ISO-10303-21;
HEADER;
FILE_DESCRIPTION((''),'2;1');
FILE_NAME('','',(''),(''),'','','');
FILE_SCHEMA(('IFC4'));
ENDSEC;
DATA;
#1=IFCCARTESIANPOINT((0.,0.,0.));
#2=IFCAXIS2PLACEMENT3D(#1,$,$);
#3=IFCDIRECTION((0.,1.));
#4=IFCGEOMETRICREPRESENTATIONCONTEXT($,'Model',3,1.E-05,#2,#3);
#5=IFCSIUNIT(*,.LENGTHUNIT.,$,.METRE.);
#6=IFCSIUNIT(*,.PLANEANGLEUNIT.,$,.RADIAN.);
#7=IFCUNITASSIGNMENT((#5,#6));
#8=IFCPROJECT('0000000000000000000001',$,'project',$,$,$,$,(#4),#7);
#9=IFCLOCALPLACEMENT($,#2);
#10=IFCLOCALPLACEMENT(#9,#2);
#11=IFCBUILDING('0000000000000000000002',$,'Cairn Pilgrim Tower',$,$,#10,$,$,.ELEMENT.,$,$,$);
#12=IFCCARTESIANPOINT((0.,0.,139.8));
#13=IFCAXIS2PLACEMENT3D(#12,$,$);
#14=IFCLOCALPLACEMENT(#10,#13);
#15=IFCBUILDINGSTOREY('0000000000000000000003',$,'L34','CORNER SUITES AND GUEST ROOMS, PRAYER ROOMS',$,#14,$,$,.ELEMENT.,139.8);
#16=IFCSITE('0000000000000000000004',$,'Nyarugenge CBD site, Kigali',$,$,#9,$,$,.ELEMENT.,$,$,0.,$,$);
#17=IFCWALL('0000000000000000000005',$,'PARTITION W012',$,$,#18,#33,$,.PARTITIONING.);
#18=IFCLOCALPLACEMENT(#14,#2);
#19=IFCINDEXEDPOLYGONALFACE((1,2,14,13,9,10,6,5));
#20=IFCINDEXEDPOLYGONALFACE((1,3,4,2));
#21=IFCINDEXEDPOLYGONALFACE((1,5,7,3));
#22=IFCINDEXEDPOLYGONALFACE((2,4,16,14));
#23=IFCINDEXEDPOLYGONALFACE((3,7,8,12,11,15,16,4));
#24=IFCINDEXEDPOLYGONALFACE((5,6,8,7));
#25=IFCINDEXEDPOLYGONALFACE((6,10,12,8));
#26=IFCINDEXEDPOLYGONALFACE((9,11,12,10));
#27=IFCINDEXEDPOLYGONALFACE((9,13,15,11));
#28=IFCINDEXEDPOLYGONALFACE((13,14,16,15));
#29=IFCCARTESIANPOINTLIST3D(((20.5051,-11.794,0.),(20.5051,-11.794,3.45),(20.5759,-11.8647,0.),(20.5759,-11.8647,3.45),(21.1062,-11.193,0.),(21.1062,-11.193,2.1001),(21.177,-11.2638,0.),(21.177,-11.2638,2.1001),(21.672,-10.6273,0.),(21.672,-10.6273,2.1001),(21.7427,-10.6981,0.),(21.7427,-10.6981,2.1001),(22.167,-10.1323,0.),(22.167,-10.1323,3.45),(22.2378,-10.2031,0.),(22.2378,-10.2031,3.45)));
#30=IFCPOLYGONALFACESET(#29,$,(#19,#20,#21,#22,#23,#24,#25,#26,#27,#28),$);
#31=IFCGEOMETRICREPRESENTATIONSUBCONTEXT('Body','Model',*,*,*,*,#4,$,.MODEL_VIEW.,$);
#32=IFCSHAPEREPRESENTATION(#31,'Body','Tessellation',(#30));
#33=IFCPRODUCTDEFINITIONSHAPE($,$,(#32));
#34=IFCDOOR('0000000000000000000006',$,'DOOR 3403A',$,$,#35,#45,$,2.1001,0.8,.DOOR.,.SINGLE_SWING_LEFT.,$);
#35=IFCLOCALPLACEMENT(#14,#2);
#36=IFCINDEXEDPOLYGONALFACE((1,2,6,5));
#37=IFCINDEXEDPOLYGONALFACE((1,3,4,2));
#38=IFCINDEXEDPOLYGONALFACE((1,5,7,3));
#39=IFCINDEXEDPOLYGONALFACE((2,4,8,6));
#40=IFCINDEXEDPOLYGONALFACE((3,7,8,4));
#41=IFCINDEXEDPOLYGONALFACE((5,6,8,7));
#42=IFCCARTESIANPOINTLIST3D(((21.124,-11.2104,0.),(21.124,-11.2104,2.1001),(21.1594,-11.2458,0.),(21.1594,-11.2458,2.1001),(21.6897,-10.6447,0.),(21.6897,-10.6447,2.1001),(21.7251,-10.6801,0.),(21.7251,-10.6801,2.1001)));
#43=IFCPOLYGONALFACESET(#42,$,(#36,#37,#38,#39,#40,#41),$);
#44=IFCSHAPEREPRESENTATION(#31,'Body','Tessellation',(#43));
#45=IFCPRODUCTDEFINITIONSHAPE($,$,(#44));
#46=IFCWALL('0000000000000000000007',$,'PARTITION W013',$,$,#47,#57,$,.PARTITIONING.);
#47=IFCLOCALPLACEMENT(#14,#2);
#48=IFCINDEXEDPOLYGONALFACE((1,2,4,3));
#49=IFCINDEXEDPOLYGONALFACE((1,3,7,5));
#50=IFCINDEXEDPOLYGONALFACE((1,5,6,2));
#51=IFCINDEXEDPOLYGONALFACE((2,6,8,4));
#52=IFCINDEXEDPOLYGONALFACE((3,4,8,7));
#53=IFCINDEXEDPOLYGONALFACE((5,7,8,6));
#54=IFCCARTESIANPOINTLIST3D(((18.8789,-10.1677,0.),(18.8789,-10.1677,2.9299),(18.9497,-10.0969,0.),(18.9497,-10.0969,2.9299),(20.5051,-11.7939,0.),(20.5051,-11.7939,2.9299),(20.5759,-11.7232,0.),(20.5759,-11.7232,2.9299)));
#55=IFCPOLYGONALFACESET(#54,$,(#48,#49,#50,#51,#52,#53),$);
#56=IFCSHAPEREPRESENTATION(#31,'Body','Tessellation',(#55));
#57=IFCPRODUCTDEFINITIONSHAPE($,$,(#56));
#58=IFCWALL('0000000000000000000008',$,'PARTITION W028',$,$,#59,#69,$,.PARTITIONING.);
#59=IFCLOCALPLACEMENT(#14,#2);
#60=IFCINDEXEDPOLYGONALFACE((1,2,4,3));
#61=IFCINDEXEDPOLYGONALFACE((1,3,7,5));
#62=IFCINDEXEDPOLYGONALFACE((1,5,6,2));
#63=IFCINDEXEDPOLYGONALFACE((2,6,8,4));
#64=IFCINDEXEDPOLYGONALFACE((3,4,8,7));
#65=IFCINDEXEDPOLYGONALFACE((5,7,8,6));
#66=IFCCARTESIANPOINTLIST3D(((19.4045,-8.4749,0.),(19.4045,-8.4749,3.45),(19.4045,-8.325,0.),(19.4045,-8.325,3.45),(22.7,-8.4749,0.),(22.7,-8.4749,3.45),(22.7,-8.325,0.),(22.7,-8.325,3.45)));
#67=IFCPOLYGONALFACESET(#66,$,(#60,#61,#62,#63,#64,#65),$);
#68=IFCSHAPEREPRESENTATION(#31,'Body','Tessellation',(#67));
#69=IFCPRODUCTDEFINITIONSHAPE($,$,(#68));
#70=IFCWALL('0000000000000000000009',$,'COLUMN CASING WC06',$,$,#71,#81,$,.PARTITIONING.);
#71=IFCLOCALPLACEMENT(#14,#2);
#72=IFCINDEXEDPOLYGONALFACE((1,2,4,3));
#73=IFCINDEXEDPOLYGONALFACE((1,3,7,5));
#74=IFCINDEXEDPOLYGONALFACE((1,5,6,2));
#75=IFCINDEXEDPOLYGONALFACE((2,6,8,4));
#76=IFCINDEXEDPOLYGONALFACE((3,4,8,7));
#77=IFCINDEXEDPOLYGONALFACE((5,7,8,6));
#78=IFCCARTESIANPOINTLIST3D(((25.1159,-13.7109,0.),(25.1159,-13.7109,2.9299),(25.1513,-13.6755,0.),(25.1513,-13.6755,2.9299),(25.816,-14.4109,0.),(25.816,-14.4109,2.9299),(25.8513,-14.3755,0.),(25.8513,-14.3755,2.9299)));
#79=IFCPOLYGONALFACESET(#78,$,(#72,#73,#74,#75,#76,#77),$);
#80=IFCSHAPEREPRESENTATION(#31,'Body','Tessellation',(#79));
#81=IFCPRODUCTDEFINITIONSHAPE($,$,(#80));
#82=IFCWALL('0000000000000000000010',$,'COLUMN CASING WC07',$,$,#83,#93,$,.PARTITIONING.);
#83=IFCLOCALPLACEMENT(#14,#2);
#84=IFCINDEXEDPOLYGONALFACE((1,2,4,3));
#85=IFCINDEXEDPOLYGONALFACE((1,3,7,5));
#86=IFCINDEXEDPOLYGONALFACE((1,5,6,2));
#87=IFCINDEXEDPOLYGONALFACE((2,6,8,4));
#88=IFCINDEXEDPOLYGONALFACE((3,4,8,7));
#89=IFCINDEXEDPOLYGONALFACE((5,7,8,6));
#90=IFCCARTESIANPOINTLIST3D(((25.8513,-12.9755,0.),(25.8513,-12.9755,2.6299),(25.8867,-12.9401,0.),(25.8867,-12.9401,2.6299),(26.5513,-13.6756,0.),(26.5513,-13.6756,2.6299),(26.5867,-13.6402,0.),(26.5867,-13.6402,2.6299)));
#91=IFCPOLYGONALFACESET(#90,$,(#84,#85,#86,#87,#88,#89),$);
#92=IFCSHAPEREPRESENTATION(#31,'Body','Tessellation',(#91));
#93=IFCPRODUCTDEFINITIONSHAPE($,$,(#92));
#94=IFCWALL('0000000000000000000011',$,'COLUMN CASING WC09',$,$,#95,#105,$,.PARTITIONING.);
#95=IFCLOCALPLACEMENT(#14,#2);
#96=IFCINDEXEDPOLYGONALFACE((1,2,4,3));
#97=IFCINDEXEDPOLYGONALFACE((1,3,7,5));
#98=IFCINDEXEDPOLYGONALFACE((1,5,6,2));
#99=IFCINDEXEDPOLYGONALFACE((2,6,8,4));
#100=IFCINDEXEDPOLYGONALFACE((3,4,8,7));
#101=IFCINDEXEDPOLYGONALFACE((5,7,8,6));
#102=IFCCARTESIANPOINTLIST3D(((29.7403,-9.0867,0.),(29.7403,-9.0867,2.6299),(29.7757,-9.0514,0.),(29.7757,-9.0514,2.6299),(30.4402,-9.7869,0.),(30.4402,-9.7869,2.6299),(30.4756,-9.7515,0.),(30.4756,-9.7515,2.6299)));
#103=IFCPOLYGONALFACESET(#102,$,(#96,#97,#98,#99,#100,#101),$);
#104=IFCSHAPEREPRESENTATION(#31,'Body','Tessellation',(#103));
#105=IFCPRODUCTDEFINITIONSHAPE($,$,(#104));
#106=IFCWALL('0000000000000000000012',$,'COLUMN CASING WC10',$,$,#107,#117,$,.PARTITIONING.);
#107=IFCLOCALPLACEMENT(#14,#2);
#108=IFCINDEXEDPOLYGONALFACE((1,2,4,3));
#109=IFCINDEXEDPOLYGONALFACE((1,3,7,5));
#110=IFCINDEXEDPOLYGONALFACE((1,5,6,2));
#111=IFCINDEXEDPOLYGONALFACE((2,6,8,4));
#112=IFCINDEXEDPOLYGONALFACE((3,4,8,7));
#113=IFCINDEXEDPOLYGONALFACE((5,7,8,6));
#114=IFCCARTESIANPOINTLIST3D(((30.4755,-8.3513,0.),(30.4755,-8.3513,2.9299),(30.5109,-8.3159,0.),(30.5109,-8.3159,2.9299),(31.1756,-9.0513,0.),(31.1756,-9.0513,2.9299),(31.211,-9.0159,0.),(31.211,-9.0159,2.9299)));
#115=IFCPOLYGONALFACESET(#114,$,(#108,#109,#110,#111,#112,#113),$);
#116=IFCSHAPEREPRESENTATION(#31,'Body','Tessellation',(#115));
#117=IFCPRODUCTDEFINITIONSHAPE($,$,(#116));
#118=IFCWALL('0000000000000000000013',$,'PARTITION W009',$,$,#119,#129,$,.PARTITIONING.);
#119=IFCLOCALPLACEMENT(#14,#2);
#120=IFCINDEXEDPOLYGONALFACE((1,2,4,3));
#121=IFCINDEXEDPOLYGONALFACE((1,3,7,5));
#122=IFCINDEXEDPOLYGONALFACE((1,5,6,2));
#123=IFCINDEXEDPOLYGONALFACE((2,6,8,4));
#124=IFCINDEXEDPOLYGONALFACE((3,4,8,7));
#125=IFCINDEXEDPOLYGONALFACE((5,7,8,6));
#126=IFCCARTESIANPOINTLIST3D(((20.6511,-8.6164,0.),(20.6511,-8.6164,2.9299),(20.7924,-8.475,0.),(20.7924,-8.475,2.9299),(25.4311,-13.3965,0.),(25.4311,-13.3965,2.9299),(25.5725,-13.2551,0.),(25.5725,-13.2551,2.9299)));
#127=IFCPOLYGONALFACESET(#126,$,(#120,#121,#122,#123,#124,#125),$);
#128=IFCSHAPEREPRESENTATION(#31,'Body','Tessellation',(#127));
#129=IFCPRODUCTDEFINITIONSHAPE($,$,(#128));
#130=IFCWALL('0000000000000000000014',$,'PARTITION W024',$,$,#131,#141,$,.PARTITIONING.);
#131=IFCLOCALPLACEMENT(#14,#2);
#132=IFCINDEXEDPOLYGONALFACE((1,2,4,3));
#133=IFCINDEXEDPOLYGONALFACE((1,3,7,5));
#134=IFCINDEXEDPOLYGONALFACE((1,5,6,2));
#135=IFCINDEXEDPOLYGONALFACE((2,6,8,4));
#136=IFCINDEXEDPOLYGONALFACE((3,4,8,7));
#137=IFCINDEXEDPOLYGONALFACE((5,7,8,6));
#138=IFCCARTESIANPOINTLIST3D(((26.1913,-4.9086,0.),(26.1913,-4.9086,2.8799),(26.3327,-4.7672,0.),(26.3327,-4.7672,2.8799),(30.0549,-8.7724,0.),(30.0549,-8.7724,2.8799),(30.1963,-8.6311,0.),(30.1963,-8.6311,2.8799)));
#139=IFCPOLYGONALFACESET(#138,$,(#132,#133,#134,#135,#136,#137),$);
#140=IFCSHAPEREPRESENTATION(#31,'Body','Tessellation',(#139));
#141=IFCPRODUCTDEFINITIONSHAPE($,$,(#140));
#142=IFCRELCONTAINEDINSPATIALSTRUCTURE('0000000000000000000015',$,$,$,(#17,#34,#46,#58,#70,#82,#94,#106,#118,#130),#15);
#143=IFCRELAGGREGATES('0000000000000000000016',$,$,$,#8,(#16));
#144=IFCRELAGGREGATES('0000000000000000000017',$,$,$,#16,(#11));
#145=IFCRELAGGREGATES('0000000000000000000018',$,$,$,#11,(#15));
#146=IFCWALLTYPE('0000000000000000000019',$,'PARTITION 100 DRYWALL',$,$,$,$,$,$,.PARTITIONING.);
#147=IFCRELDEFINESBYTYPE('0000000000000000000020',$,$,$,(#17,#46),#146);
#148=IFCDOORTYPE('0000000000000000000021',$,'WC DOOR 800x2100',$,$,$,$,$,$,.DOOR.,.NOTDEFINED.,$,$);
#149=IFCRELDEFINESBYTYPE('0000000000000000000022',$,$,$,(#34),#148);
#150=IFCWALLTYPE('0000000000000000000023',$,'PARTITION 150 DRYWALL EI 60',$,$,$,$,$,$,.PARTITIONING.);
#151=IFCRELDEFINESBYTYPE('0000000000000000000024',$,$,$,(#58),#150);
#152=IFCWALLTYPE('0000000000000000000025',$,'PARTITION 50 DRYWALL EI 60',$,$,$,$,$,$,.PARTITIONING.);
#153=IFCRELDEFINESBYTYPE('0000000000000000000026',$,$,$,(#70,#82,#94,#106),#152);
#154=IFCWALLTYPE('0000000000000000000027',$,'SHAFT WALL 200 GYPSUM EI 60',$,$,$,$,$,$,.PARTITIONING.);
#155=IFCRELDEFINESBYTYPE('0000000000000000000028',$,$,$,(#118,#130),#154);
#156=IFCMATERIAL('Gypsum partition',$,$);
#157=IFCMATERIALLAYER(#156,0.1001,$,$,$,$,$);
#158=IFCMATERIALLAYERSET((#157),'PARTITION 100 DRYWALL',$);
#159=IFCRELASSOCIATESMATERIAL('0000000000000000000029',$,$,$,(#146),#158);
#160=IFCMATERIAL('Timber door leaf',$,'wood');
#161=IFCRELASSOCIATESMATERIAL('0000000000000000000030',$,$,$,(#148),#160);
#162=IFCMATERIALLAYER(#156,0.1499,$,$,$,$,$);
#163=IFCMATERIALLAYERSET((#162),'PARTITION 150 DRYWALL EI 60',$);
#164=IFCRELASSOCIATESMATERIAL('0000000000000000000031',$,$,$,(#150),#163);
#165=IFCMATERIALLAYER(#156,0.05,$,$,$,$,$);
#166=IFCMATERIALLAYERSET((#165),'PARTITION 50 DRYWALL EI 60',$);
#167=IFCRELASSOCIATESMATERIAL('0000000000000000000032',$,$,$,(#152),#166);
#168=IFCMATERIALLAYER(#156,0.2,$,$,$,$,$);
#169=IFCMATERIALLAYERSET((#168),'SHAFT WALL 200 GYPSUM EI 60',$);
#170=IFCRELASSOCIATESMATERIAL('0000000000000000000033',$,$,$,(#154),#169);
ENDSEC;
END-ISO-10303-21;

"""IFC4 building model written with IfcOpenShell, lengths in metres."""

from ifc_helpers import new_model, si_unit, direction, frame, frame_2d, origin, place, context, subcontext, project, spatial, rectangle, extrude, material, layer, layer_set, type_object, element, fill, save


model = new_model("IFC4")

# Units and contexts
model_context = context("Model", 3, precision=1e-05, world=origin(), true_north=direction((0.0, 1.0)))
body_context = subcontext(model_context, "Body", "Model", "MODEL_VIEW")
ifc_project = project(units=[si_unit("LENGTHUNIT", "METRE"), si_unit("PLANEANGLEUNIT", "RADIAN")], contexts=[model_context])

# Site, building, storey
site_placement = place(None, origin())
site = spatial("IfcSite", under=ifc_project, at=site_placement, Name="Nyarugenge CBD site, Kigali", CompositionType="ELEMENT", RefElevation=0.0)
building_placement = place(site_placement, origin())
building = spatial("IfcBuilding", under=site, at=building_placement, Name="Cairn Pilgrim Tower", CompositionType="ELEMENT")
storey_placement = place(building_placement, frame((0.0, 0.0, 139.8)))
storey = spatial("IfcBuildingStorey", under=building, at=storey_placement, Name="L34", Description="CORNER SUITES AND GUEST ROOMS, PRAYER ROOMS", CompositionType="ELEMENT", Elevation=139.8)

# Wall, opening, door
ifc_material_1 = material(Name="Gypsum partition")
ifc_layer_1 = layer(ifc_material_1, 0.1001)
ifc_layer_set_1 = layer_set([ifc_layer_1], Name="PARTITION 100 DRYWALL")
wall_type_1 = type_object("IfcWallType", Name="PARTITION 100 DRYWALL", PredefinedType="PARTITIONING", material=ifc_layer_set_1)
wall_1_placement = place(storey_placement, frame((20.5405, -11.8293, 0.0), z_axis=(0.0, 0.0, 1.0), x_axis=(0.707159, 0.707055, 0.0)))
wall_1 = element("IfcWall", 1, at=wall_1_placement, inside=storey, type_object=wall_type_1, Name="PARTITION W012", PredefinedType="PARTITIONING", context=body_context, shape_type="SweptSolid", body=[
    extrude(rectangle(XDim=2.3501, YDim=0.1001, at=frame_2d((1.175, 0.0))), origin(), (0.0, 0.0, 1.0), 3.45),
])
opening_1_placement = place(wall_1_placement, frame((0.8501, 0.0, 0.0)))
opening_1 = element("IfcOpeningElement", 2, at=opening_1_placement, cuts=wall_1, PredefinedType="OPENING", context=body_context, shape_type="SweptSolid", body=[
    extrude(rectangle(XDim=0.8, YDim=2.1001, at=frame_2d((0.3999, 1.05))), frame((0.0, 0.0601, 0.0), z_axis=(0.0, -1.0, 0.0), x_axis=(1.0, 0.0, 0.0)), (0.0, 0.0, 1.0), 0.1201),
])
ifc_material_2 = material(Name="Timber door leaf", Category="wood")
door_type_1 = type_object("IfcDoorType", Name="WC DOOR 800x2100", OperationType="NOTDEFINED", PredefinedType="DOOR", material=ifc_material_2)
door_1_placement = place(opening_1_placement, frame((0.8, 0.0, 0.0), z_axis=(0.0, 0.0, 1.0), x_axis=(-1.0, 0.0, 0.0)))
door_1 = element("IfcDoor", 3, at=door_1_placement, inside=storey, type_object=door_type_1, Name="DOOR 3403A", OperationType="SINGLE_SWING_LEFT", OverallHeight=2.1001, OverallWidth=0.8, PredefinedType="DOOR", context=body_context, shape_type="SweptSolid", body=[
    extrude(rectangle(XDim=0.8, YDim=2.1001, at=frame_2d((0.3999, 1.05))), frame((0.0, 0.0249, 0.0), z_axis=(0.0, -1.0, 0.0), x_axis=(1.0, 0.0, 0.0)), (0.0, 0.0, 1.0), 0.05),
])
fill(opening_1, door_1)

# Walls
wall_2_placement = place(storey_placement, frame((20.5405, -11.7585, 0.0), z_axis=(0.0, 0.0, 1.0), x_axis=(-0.707107, 0.707107, 0.0)))
element("IfcWall", 4, at=wall_2_placement, inside=storey, type_object=wall_type_1, Name="PARTITION W013", PredefinedType="PARTITIONING", context=body_context, shape_type="SweptSolid", body=[
    extrude(rectangle(XDim=2.2998, YDim=0.1001, at=frame_2d((1.1499, 0.0))), origin(), (0.0, 0.0, 1.0), 2.9299),
])
ifc_layer_2 = layer(ifc_material_1, 0.1499)
ifc_layer_set_2 = layer_set([ifc_layer_2], Name="PARTITION 150 DRYWALL EI 60")
wall_type_2 = type_object("IfcWallType", Name="PARTITION 150 DRYWALL EI 60", PredefinedType="PARTITIONING", material=ifc_layer_set_2)
wall_3_placement = place(storey_placement, frame((19.4045, -8.3999, 0.0), z_axis=(0.0, 0.0, 1.0), x_axis=(1.0, 0.0, 0.0)))
element("IfcWall", 5, at=wall_3_placement, inside=storey, type_object=wall_type_2, Name="PARTITION W028", PredefinedType="PARTITIONING", context=body_context, shape_type="SweptSolid", body=[
    extrude(rectangle(XDim=3.2954, YDim=0.1499, at=frame_2d((1.6477, 0.0))), origin(), (0.0, 0.0, 1.0), 3.45),
])
ifc_layer_3 = layer(ifc_material_1, 0.05)
ifc_layer_set_3 = layer_set([ifc_layer_3], Name="PARTITION 50 DRYWALL EI 60")
wall_type_3 = type_object("IfcWallType", Name="PARTITION 50 DRYWALL EI 60", PredefinedType="PARTITIONING", material=ifc_layer_set_3)
wall_4_placement = place(storey_placement, frame((25.8337, -14.3933, 0.0), z_axis=(0.0, 0.0, 1.0), x_axis=(-0.707107, 0.707107, 0.0)))
element("IfcWall", 6, at=wall_4_placement, inside=storey, type_object=wall_type_3, Name="COLUMN CASING WC06", PredefinedType="PARTITIONING", context=body_context, shape_type="SweptSolid", body=[
    extrude(rectangle(XDim=0.99, YDim=0.05, at=frame_2d((0.4951, 0.0))), origin(), (0.0, 0.0, 1.0), 2.9299),
])
for number, where, z_axis, x_axis, name in (
    (7, (26.5691, -13.658, 0.0), (0.0, 0.0, 1.0), (-0.707107, 0.707107, 0.0), "COLUMN CASING WC07"),
    (8, (30.458, -9.7693, 0.0), (0.0, 0.0, 1.0), (-0.706983, 0.70723, 0.0), "COLUMN CASING WC09"),
):
    element("IfcWall", number, at=place(storey_placement, frame(where, z_axis=z_axis, x_axis=x_axis)), inside=storey, type_object=wall_type_3, Name=name, PredefinedType="PARTITIONING", context=body_context, shape_type="SweptSolid", body=[
        extrude(rectangle(XDim=0.99, YDim=0.05, at=frame_2d((0.4951, 0.0))), origin(), (0.0, 0.0, 1.0), 2.6299),
    ])
wall_5_placement = place(storey_placement, frame((31.1934, -9.0337, 0.0), z_axis=(0.0, 0.0, 1.0), x_axis=(-0.707107, 0.707107, 0.0)))
element("IfcWall", 9, at=wall_5_placement, inside=storey, type_object=wall_type_3, Name="COLUMN CASING WC10", PredefinedType="PARTITIONING", context=body_context, shape_type="SweptSolid", body=[
    extrude(rectangle(XDim=0.99, YDim=0.05, at=frame_2d((0.4951, 0.0))), origin(), (0.0, 0.0, 1.0), 2.9299),
])
ifc_layer_4 = layer(ifc_material_1, 0.2)
ifc_layer_set_4 = layer_set([ifc_layer_4], Name="SHAFT WALL 200 GYPSUM EI 60")
wall_type_4 = type_object("IfcWallType", Name="SHAFT WALL 200 GYPSUM EI 60", PredefinedType="PARTITIONING", material=ifc_layer_set_4)
wall_6_placement = place(storey_placement, frame((25.5017, -13.3257, 0.0), z_axis=(0.0, 0.0, 1.0), x_axis=(-0.707107, 0.707107, 0.0)))
element("IfcWall", 10, at=wall_6_placement, inside=storey, type_object=wall_type_4, Name="PARTITION W009", PredefinedType="PARTITIONING", context=body_context, shape_type="SweptSolid", body=[
    extrude(rectangle(XDim=6.76, YDim=0.2, at=frame_2d((3.3799, 0.0))), origin(), (0.0, 0.0, 1.0), 2.9299),
])
wall_7_placement = place(storey_placement, frame((30.1255, -8.7017, 0.0), z_axis=(0.0, 0.0, 1.0), x_axis=(-0.707084, 0.707129, 0.0)))
element("IfcWall", 11, at=wall_7_placement, inside=storey, type_object=wall_type_4, Name="PARTITION W024", PredefinedType="PARTITIONING", context=body_context, shape_type="SweptSolid", body=[
    extrude(rectangle(XDim=5.4641, YDim=0.2, at=frame_2d((2.7319, 0.0))), origin(), (0.0, 0.0, 1.0), 2.8799),
])

save(model, "model.ifc")
